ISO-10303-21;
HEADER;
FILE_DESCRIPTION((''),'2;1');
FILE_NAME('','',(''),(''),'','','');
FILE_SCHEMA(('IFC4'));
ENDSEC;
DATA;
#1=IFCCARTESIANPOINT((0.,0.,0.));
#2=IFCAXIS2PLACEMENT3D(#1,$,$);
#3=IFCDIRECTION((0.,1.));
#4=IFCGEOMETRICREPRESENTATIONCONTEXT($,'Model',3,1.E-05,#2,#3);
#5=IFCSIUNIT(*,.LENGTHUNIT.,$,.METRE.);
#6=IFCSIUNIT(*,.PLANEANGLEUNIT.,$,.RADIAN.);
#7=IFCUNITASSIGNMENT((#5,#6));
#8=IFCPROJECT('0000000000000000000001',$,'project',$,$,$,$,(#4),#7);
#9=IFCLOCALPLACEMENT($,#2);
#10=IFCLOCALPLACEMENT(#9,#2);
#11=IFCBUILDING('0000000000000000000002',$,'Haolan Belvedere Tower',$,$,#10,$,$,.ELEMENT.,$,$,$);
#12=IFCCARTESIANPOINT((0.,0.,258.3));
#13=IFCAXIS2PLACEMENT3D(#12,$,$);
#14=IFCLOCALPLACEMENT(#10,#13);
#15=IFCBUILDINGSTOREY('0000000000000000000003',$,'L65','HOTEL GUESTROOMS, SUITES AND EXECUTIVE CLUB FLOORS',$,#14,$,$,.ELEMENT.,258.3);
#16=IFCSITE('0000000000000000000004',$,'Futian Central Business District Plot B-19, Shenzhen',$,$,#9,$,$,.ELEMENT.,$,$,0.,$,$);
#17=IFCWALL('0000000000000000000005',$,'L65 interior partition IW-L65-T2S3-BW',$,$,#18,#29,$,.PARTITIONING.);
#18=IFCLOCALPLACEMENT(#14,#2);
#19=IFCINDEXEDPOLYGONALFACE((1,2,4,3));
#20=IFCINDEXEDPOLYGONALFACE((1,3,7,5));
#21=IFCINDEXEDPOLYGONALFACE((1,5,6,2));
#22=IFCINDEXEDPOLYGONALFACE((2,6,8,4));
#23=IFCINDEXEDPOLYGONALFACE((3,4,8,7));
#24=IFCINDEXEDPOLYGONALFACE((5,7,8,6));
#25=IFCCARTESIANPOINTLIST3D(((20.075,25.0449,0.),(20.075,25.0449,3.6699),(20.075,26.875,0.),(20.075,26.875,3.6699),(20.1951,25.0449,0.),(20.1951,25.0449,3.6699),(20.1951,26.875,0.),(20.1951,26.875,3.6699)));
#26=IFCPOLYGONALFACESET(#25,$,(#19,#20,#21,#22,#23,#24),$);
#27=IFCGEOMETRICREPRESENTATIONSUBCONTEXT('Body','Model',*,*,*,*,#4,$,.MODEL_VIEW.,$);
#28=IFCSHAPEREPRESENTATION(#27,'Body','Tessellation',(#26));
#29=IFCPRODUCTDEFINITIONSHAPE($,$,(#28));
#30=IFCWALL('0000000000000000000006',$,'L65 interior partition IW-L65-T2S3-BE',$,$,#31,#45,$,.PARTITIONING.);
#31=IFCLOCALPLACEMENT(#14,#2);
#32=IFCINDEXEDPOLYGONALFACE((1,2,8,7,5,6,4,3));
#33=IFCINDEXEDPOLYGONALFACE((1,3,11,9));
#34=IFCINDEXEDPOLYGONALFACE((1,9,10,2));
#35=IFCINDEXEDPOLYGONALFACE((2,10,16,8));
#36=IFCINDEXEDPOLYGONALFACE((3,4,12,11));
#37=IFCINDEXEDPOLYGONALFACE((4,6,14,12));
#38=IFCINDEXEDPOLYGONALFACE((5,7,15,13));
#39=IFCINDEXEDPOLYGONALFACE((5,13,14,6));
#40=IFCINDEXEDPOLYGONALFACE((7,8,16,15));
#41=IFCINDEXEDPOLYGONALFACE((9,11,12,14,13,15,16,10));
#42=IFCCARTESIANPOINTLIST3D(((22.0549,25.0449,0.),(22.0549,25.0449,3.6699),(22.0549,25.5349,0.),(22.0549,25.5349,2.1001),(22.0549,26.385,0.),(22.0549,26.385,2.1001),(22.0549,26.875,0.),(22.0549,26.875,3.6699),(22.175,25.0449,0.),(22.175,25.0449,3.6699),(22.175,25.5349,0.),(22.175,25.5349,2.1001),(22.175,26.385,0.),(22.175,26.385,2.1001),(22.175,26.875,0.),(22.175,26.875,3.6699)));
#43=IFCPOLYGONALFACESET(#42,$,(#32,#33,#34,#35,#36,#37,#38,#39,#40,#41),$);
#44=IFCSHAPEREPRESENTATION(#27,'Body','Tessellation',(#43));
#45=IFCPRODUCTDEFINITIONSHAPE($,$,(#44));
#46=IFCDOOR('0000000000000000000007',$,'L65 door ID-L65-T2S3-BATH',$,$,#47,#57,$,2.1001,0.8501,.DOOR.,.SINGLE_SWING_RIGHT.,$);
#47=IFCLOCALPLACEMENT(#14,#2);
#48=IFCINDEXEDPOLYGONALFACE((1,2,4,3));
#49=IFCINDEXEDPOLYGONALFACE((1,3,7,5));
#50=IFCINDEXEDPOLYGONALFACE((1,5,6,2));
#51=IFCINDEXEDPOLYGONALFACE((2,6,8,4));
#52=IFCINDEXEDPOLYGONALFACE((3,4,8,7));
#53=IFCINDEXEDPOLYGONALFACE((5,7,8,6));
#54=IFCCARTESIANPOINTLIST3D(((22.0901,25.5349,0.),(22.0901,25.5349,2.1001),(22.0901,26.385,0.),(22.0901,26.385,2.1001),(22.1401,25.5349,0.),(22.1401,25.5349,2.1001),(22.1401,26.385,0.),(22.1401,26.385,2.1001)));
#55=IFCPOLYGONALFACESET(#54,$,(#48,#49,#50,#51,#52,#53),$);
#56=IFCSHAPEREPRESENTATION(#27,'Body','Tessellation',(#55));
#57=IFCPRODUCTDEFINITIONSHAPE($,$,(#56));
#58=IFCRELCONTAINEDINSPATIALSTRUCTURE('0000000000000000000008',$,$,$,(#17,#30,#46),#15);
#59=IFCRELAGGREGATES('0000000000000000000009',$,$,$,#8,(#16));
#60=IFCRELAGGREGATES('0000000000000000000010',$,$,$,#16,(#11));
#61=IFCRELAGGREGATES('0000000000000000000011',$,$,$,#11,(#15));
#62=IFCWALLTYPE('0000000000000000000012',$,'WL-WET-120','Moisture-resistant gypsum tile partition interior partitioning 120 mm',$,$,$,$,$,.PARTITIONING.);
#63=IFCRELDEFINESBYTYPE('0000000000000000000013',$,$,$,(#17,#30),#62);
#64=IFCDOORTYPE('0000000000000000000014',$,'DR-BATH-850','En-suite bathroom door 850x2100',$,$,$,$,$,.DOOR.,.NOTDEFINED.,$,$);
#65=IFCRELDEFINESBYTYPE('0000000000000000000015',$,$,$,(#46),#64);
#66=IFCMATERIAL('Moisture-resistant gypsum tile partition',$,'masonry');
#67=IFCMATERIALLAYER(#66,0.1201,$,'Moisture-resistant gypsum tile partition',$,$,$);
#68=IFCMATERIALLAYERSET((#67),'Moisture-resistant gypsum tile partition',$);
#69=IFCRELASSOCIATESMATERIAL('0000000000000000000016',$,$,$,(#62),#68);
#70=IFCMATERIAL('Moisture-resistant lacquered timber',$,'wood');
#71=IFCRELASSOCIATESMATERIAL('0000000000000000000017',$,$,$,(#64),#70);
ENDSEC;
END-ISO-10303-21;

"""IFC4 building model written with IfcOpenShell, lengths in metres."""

from ifc_helpers import new_model, si_unit, direction, frame, frame_2d, origin, place, context, subcontext, project, spatial, rectangle, extrude, material, layer, layer_set, type_object, element, fill, save


model = new_model("IFC4")

# Units and contexts
model_context = context("Model", 3, precision=1e-05, world=origin(), true_north=direction((0.0, 1.0)))
body_context = subcontext(model_context, "Body", "Model", "MODEL_VIEW")
ifc_project = project(units=[si_unit("LENGTHUNIT", "METRE"), si_unit("PLANEANGLEUNIT", "RADIAN")], contexts=[model_context])

# Site, building, storey
site_placement = place(None, origin())
site = spatial("IfcSite", under=ifc_project, at=site_placement, Name="Futian Central Business District Plot B-19, Shenzhen", CompositionType="ELEMENT", RefElevation=0.0)
building_placement = place(site_placement, origin())
building = spatial("IfcBuilding", under=site, at=building_placement, Name="Haolan Belvedere Tower", CompositionType="ELEMENT")
storey_placement = place(building_placement, frame((0.0, 0.0, 258.3)))
storey = spatial("IfcBuildingStorey", under=building, at=storey_placement, Name="L65", Description="HOTEL GUESTROOMS, SUITES AND EXECUTIVE CLUB FLOORS", CompositionType="ELEMENT", Elevation=258.3)

# Wall
ifc_material_1 = material(Name="Moisture-resistant gypsum tile partition", Category="masonry")
ifc_layer_1 = layer(ifc_material_1, 0.1201, Name="Moisture-resistant gypsum tile partition")
ifc_layer_set_1 = layer_set([ifc_layer_1], Name="Moisture-resistant gypsum tile partition")
wall_type_1 = type_object("IfcWallType", Name="WL-WET-120", Description="Moisture-resistant gypsum tile partition interior partitioning 120 mm", PredefinedType="PARTITIONING", material=ifc_layer_set_1)
wall_1_placement = place(storey_placement, frame((20.135, 25.0449, 0.0), z_axis=(0.0, 0.0, 1.0), x_axis=(0.0, 1.0, 0.0)))
element("IfcWall", 1, at=wall_1_placement, inside=storey, type_object=wall_type_1, Name="L65 interior partition IW-L65-T2S3-BW", PredefinedType="PARTITIONING", context=body_context, shape_type="SweptSolid", body=[
    extrude(rectangle(XDim=1.8301, YDim=0.1201, at=frame_2d((0.915, 0.0))), origin(), (0.0, 0.0, 1.0), 3.6699),
])

# Wall, opening, door
wall_2_placement = place(storey_placement, frame((22.115, 25.0449, 0.0), z_axis=(0.0, 0.0, 1.0), x_axis=(0.0, 1.0, 0.0)))
wall_2 = element("IfcWall", 2, at=wall_2_placement, inside=storey, type_object=wall_type_1, Name="L65 interior partition IW-L65-T2S3-BE", PredefinedType="PARTITIONING", context=body_context, shape_type="SweptSolid", body=[
    extrude(rectangle(XDim=1.8301, YDim=0.1201, at=frame_2d((0.915, 0.0))), origin(), (0.0, 0.0, 1.0), 3.6699),
])
opening_1_placement = place(wall_2_placement, frame((0.49, 0.0, 0.0)))
opening_1 = element("IfcOpeningElement", 3, at=opening_1_placement, cuts=wall_2, PredefinedType="OPENING", context=body_context, shape_type="SweptSolid", body=[
    extrude(rectangle(XDim=0.8501, YDim=2.1001, at=frame_2d((0.425, 1.05))), frame((0.0, 0.0701, 0.0), z_axis=(0.0, -1.0, 0.0), x_axis=(1.0, 0.0, 0.0)), (0.0, 0.0, 1.0), 0.1401),
])
ifc_material_2 = material(Name="Moisture-resistant lacquered timber", Category="wood")
door_type_1 = type_object("IfcDoorType", Name="DR-BATH-850", Description="En-suite bathroom door 850x2100", OperationType="NOTDEFINED", PredefinedType="DOOR", material=ifc_material_2)
door_1_placement = place(opening_1_placement, origin())
door_1 = element("IfcDoor", 4, at=door_1_placement, inside=storey, type_object=door_type_1, Name="L65 door ID-L65-T2S3-BATH", OperationType="SINGLE_SWING_RIGHT", OverallHeight=2.1001, OverallWidth=0.8501, PredefinedType="DOOR", context=body_context, shape_type="SweptSolid", body=[
    extrude(rectangle(XDim=0.8501, YDim=2.1001, at=frame_2d((0.425, 1.05))), frame((0.0, 0.0249, 0.0), z_axis=(0.0, -1.0, 0.0), x_axis=(1.0, 0.0, 0.0)), (0.0, 0.0, 1.0), 0.05),
])
fill(opening_1, door_1)

save(model, "model.ifc")
